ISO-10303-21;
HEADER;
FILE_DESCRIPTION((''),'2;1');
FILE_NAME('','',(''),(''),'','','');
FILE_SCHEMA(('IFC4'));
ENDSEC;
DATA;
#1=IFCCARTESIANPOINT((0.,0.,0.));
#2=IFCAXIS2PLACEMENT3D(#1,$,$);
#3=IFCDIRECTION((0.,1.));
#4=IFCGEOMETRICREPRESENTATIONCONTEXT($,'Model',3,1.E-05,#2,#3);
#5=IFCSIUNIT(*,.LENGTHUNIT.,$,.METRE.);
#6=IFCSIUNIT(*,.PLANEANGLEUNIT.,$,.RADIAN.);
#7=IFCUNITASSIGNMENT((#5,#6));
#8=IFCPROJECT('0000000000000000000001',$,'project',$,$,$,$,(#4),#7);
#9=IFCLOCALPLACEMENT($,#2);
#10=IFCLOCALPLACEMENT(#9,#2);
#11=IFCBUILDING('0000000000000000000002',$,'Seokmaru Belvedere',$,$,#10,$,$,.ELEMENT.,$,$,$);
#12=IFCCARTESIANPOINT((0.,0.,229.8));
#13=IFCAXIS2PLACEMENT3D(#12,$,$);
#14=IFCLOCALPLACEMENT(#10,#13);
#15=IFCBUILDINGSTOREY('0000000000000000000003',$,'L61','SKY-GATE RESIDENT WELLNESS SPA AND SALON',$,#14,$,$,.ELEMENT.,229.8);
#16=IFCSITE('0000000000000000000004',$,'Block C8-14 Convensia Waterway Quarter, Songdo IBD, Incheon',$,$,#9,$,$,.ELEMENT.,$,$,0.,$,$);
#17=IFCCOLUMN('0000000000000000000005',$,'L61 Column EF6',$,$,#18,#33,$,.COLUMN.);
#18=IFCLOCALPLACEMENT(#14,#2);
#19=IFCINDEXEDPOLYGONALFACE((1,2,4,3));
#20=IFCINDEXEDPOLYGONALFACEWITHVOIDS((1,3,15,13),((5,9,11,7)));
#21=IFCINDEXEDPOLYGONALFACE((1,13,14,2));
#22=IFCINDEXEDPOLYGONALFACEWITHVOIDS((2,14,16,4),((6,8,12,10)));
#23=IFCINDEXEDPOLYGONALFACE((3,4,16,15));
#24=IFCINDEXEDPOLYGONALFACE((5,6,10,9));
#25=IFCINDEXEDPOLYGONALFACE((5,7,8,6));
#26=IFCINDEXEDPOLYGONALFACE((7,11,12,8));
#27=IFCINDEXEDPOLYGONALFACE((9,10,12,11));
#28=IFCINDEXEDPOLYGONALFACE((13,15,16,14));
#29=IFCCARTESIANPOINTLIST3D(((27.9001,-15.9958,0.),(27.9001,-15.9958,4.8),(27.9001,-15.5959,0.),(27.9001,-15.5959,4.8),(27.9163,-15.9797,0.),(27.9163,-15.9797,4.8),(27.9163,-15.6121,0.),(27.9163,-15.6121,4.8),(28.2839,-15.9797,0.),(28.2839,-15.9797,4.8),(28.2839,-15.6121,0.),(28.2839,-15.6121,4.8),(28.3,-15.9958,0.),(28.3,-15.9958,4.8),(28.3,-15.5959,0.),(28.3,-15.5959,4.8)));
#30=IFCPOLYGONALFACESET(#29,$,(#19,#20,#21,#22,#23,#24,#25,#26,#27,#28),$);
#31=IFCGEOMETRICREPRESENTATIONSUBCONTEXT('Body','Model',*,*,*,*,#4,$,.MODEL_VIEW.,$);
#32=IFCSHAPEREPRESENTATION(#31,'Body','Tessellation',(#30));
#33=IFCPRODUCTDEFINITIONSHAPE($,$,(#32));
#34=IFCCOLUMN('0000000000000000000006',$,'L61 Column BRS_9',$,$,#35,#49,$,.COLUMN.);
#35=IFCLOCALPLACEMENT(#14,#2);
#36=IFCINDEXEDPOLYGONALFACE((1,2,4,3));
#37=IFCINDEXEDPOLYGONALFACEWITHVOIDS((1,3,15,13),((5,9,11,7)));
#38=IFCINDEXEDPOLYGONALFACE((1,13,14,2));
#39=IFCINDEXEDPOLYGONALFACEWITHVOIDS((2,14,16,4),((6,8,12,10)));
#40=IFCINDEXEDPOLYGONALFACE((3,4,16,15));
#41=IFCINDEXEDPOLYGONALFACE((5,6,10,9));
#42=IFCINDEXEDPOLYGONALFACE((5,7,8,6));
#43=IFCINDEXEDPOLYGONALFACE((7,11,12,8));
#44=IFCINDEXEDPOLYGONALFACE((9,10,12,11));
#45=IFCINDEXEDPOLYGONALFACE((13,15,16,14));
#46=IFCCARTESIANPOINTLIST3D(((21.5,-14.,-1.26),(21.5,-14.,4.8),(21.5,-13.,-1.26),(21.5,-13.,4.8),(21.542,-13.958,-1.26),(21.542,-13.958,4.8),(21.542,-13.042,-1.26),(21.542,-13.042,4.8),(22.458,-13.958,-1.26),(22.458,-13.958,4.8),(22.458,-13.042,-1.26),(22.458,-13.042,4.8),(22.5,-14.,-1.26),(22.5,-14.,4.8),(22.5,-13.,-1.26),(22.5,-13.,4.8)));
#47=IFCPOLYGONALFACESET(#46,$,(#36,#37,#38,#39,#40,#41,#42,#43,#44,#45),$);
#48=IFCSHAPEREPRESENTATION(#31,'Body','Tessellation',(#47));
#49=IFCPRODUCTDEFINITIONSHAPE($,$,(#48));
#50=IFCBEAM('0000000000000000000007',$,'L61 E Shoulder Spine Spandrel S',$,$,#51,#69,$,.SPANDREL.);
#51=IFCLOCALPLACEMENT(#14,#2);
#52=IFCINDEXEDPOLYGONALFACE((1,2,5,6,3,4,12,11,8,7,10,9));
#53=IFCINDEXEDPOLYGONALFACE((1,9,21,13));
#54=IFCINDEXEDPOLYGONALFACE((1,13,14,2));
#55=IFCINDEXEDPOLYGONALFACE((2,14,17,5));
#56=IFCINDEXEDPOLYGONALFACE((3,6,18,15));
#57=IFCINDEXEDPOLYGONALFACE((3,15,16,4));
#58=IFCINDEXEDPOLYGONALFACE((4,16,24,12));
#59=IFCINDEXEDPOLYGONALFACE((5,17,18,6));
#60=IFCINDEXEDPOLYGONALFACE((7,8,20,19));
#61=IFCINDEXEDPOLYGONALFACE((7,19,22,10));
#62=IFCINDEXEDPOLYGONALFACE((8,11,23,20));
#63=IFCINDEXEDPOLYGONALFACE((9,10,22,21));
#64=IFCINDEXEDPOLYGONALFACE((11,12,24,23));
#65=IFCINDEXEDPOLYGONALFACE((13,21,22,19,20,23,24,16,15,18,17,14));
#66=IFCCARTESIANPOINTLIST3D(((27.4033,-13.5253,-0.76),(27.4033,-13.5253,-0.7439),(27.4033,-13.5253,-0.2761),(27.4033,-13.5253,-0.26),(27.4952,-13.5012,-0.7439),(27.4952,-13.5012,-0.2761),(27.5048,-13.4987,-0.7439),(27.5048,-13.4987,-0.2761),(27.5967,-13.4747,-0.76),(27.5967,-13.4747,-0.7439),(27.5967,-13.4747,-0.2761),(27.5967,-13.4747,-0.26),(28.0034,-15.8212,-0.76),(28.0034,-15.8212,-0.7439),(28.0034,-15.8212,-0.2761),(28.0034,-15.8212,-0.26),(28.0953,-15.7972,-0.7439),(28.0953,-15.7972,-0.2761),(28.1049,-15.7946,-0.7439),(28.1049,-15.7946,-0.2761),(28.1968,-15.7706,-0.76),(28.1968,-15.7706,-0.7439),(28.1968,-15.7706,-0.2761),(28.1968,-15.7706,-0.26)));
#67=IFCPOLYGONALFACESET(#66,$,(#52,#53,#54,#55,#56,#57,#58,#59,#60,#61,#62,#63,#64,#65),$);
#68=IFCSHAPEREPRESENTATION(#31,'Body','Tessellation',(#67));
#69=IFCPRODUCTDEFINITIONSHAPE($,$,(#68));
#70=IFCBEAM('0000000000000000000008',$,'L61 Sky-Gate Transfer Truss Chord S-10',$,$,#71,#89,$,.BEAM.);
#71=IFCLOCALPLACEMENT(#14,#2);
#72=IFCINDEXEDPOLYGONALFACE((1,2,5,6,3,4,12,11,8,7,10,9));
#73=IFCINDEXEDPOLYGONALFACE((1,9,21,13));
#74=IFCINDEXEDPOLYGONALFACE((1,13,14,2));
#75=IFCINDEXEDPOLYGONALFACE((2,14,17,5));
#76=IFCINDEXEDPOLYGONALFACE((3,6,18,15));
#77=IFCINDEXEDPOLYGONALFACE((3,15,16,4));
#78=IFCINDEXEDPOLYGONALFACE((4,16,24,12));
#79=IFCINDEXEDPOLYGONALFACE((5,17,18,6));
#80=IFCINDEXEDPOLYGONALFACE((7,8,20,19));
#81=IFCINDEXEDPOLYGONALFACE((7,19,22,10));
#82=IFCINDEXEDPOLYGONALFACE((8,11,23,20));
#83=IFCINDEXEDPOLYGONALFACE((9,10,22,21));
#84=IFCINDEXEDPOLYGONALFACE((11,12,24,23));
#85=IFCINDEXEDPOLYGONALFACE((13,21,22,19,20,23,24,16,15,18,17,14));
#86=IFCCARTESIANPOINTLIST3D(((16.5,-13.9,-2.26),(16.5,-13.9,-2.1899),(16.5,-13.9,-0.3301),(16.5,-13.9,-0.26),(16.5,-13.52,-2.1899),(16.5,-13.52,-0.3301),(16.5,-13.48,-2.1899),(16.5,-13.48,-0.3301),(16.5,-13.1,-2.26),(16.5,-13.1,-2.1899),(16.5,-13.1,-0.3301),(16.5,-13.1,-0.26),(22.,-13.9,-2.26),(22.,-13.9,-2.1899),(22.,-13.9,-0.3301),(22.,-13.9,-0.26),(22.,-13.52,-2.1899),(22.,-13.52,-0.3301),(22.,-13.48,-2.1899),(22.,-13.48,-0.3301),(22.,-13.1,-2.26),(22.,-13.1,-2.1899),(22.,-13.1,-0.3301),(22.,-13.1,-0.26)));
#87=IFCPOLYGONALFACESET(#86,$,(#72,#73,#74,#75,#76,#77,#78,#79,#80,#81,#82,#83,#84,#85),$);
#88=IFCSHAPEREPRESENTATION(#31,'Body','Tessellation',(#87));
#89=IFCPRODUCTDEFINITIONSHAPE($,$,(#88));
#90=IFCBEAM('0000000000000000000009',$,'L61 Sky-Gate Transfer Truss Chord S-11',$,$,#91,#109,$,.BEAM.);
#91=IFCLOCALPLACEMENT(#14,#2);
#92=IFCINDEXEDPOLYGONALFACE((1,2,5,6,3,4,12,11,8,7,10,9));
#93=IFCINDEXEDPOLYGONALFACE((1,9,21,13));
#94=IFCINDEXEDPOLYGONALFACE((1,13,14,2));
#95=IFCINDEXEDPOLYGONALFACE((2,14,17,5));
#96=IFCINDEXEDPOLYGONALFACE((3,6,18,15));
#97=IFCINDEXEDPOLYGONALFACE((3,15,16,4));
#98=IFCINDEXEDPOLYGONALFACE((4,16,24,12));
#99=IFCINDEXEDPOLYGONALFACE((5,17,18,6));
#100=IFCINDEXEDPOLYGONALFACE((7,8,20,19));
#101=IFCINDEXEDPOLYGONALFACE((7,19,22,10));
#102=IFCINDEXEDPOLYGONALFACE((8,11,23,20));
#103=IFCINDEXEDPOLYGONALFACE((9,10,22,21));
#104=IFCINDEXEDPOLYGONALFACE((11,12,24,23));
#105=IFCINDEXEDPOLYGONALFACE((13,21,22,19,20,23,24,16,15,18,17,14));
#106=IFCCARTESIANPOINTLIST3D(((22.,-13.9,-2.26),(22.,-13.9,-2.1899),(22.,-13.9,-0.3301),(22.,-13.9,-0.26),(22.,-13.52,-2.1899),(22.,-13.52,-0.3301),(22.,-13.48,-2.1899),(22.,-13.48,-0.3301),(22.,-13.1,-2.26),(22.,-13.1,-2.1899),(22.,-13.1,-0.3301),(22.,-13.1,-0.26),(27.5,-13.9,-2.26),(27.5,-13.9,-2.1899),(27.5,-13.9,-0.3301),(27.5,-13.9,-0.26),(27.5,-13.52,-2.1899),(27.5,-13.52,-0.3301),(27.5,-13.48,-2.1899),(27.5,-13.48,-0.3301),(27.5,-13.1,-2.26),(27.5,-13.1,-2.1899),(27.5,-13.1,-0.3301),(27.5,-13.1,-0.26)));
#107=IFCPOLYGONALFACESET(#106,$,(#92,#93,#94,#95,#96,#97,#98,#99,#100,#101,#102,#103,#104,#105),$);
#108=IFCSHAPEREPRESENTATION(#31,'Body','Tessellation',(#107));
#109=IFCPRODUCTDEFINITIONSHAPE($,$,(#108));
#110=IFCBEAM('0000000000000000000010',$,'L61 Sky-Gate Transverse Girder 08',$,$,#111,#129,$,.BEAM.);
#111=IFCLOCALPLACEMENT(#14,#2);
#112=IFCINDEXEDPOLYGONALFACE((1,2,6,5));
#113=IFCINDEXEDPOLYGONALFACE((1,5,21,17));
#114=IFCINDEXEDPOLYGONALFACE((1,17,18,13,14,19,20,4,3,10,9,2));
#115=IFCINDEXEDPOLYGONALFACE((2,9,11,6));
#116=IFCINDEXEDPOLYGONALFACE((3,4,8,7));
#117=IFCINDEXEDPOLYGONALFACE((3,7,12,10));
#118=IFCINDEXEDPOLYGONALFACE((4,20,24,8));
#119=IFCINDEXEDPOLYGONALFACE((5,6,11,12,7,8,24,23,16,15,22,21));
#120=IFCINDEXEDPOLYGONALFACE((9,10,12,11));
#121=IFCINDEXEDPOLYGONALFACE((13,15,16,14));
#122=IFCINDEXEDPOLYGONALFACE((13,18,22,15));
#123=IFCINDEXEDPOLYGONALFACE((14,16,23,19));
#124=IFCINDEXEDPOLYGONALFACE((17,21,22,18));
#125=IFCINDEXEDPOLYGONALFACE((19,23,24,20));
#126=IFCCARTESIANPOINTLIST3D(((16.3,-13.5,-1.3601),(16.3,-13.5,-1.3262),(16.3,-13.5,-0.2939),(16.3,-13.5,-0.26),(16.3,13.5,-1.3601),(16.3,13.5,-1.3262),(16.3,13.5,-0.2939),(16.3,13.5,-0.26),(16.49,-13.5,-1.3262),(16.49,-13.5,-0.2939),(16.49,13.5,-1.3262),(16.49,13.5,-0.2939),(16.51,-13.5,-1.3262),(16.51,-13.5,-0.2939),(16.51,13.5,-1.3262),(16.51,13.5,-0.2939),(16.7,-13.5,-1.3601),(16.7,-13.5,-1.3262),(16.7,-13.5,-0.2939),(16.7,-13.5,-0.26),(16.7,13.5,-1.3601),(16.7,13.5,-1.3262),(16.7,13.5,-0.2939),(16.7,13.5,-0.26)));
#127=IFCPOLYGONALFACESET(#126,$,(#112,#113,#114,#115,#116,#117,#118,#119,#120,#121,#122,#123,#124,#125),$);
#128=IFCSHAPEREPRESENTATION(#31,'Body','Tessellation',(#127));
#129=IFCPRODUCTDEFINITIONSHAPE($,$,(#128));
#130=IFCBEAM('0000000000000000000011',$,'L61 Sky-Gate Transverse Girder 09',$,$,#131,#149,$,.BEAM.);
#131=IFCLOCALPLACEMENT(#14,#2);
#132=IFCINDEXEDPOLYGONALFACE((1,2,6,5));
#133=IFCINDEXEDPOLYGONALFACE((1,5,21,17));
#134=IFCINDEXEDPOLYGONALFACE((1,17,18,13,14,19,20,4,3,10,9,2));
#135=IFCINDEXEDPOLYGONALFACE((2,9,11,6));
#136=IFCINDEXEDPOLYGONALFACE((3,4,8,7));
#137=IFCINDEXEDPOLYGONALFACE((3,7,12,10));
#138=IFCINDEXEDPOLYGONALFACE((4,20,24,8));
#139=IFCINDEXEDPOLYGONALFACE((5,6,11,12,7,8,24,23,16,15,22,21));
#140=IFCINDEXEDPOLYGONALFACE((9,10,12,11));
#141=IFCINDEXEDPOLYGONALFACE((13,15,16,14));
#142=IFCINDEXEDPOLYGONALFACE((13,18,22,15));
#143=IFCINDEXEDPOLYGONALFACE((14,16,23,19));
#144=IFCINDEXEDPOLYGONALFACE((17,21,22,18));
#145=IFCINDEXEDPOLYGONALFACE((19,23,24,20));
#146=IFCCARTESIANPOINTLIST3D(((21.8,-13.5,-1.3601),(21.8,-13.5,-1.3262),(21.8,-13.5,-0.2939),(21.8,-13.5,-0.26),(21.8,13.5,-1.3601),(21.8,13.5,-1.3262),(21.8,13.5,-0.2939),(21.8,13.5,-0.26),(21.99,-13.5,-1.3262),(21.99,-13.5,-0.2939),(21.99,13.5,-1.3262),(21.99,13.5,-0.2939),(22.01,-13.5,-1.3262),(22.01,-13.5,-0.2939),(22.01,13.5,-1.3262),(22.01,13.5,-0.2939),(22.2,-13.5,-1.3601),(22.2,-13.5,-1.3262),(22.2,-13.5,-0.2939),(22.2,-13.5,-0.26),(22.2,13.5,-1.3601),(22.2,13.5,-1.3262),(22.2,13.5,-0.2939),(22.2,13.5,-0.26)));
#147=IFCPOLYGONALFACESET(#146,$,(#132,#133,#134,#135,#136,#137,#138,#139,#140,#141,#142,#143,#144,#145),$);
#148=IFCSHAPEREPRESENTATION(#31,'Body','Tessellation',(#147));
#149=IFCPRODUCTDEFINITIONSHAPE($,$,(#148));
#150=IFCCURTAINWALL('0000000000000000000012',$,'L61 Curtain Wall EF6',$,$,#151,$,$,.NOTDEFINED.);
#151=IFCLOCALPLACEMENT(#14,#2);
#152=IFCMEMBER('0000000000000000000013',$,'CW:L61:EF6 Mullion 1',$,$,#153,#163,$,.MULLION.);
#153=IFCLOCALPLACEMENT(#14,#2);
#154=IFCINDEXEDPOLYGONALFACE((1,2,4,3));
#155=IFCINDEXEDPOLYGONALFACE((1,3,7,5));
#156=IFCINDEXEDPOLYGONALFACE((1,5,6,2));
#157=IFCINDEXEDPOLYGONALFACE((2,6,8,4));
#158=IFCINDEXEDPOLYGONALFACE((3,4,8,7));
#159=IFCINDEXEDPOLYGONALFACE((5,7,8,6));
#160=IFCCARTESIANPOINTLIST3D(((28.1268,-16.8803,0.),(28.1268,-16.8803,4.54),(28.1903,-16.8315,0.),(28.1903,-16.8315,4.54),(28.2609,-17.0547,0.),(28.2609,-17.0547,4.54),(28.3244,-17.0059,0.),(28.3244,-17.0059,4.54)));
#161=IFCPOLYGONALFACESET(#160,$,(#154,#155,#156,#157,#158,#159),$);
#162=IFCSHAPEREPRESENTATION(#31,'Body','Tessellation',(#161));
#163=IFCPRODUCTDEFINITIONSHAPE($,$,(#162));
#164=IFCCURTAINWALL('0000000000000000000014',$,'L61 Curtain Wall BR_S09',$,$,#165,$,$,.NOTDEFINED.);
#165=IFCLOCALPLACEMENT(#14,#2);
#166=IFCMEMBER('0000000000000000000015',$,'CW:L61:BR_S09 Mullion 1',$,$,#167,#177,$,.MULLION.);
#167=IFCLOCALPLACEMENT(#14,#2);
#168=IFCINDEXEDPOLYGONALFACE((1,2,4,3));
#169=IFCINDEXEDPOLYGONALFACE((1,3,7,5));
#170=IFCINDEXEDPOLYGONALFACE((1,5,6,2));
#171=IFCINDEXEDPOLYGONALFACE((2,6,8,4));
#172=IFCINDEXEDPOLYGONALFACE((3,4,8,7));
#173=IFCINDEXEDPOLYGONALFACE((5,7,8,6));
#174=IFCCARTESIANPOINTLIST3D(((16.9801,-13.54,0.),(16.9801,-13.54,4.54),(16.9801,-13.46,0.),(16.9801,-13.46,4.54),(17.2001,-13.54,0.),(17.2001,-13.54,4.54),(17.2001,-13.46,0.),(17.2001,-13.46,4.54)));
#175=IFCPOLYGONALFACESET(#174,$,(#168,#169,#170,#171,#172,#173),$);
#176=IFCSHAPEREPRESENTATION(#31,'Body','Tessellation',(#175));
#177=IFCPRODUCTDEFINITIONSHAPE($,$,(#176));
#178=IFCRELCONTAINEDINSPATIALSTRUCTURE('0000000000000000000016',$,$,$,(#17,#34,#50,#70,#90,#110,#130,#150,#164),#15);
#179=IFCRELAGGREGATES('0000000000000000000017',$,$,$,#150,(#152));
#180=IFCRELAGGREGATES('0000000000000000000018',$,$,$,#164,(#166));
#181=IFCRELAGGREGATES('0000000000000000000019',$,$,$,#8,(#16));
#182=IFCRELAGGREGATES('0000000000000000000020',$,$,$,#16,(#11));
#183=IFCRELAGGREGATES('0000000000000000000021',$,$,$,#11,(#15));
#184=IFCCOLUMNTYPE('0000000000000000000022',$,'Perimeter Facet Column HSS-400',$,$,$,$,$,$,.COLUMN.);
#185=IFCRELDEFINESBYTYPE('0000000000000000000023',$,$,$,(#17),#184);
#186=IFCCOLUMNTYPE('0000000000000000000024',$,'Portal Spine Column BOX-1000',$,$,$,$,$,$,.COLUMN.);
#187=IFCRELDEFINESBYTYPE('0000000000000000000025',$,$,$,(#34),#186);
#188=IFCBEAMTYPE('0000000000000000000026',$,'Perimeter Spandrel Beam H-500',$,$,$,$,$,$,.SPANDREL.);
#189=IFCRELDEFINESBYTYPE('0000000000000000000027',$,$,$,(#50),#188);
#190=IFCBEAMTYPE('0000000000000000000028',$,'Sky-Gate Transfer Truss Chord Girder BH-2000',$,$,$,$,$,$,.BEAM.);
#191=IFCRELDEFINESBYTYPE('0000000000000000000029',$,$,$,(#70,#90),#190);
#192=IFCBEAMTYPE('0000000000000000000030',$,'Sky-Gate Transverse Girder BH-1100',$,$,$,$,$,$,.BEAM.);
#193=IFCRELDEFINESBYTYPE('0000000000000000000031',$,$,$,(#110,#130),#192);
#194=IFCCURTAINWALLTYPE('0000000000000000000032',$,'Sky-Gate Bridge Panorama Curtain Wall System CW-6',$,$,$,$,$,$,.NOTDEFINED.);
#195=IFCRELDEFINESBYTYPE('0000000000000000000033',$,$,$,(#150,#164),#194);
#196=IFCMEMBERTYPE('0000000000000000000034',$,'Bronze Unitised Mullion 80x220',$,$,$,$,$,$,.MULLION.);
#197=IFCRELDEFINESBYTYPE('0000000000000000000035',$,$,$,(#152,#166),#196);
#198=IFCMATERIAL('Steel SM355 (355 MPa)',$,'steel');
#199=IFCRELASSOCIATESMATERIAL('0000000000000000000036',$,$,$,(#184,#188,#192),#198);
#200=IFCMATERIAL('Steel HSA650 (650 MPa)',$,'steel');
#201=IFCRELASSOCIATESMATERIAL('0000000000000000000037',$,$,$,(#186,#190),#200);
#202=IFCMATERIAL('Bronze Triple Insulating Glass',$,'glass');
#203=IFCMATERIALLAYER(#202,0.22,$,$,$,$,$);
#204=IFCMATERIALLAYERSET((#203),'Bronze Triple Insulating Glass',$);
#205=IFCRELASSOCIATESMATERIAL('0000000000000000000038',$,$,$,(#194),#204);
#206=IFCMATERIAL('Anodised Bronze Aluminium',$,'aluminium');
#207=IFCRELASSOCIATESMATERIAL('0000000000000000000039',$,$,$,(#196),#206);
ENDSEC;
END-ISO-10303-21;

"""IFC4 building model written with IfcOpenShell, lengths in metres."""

from ifc_helpers import new_model, si_unit, direction, frame, origin, origin_2d, place, context, subcontext, project, spatial, rectangle, hollow_rectangle, i_section, extrude, source, transform, mapped, material, layer, layer_set, material_profile, profile_set, type_object, type_shapes, element, aggregate, save


model = new_model("IFC4")

# Units and contexts
model_context = context("Model", 3, precision=1e-05, world=origin(), true_north=direction((0.0, 1.0)))
body_context = subcontext(model_context, "Body", "Model", "MODEL_VIEW")
ifc_project = project(units=[si_unit("LENGTHUNIT", "METRE"), si_unit("PLANEANGLEUNIT", "RADIAN")], contexts=[model_context])

# Site, building, storey
site_placement = place(None, origin())
site = spatial("IfcSite", under=ifc_project, at=site_placement, Name="Block C8-14 Convensia Waterway Quarter, Songdo IBD, Incheon", CompositionType="ELEMENT", RefElevation=0.0)
building_placement = place(site_placement, origin())
building = spatial("IfcBuilding", under=site, at=building_placement, Name="Seokmaru Belvedere", CompositionType="ELEMENT")
storey_placement = place(building_placement, frame((0.0, 0.0, 229.8)))
storey = spatial("IfcBuildingStorey", under=building, at=storey_placement, Name="L61", Description="SKY-GATE RESIDENT WELLNESS SPA AND SALON", CompositionType="ELEMENT", Elevation=229.8)

# Columns
ifc_material_1 = material(Name="Steel SM355 (355 MPa)", Category="steel")
ifc_material_profile_1 = material_profile(ifc_material_1, hollow_rectangle(XDim=0.3999, YDim=0.3999, WallThickness=0.0161, at=origin_2d()), Name="HSS-400x400x16")
ifc_profile_set_1 = profile_set([ifc_material_profile_1], Name="Steel SM355 (355 MPa)")
column_type_1 = type_object("IfcColumnType", Name="Perimeter Facet Column HSS-400", PredefinedType="COLUMN", material=ifc_profile_set_1)
shared_shape_1 = source(origin(), body_context, "Body", "SweptSolid", [
    extrude(hollow_rectangle(XDim=0.3999, YDim=0.3999, WallThickness=0.0161, at=origin_2d()), origin(), (0.0, 0.0, 1.0), 4.8),
])
type_shapes(column_type_1, [shared_shape_1])
column_1_placement = place(storey_placement, frame((28.1001, -15.7959, 0.0), z_axis=(0.0, 0.0, 1.0), x_axis=(1.0, 0.0, 0.0)))
element("IfcColumn", 1, at=column_1_placement, inside=storey, type_object=column_type_1, Name="L61 Column EF6", PredefinedType="COLUMN", context=body_context, shape_type="MappedRepresentation", body=[
    mapped(shared_shape_1, transform((0.0, 0.0, 0.0), scale=1.0)),
])
ifc_material_2 = material(Name="Steel HSA650 (650 MPa)", Category="steel")
ifc_material_profile_2 = material_profile(ifc_material_2, hollow_rectangle(XDim=1.0, YDim=1.0, WallThickness=0.042, at=origin_2d()), Name="BOX-1000x1000x42")
ifc_profile_set_2 = profile_set([ifc_material_profile_2], Name="Steel HSA650 (650 MPa)")
column_type_2 = type_object("IfcColumnType", Name="Portal Spine Column BOX-1000", PredefinedType="COLUMN", material=ifc_profile_set_2)
shared_shape_2 = source(origin(), body_context, "Body", "SweptSolid", [
    extrude(hollow_rectangle(XDim=1.0, YDim=1.0, WallThickness=0.042, at=origin_2d()), origin(), (0.0, 0.0, 1.0), 6.0601),
])
type_shapes(column_type_2, [shared_shape_2])
column_2_placement = place(storey_placement, frame((22.0, -13.5, -1.26), z_axis=(0.0, 0.0, 1.0), x_axis=(1.0, 0.0, 0.0)))
element("IfcColumn", 2, at=column_2_placement, inside=storey, type_object=column_type_2, Name="L61 Column BRS_9", PredefinedType="COLUMN", context=body_context, shape_type="MappedRepresentation", body=[
    mapped(shared_shape_2, transform((0.0, 0.0, 0.0), scale=1.0)),
])

# Beams
ifc_material_profile_3 = material_profile(ifc_material_1, i_section(OverallWidth=0.2, OverallDepth=0.5, WebThickness=0.01, FlangeThickness=0.0161, at=origin_2d()), Name="H-500x200x10x16")
ifc_profile_set_3 = profile_set([ifc_material_profile_3], Name="Steel SM355 (355 MPa)")
beam_type_1 = type_object("IfcBeamType", Name="Perimeter Spandrel Beam H-500", PredefinedType="SPANDREL", material=ifc_profile_set_3)
shared_shape_3 = source(origin(), body_context, "Body", "SweptSolid", [
    extrude(i_section(OverallWidth=0.2, OverallDepth=0.5, WebThickness=0.01, FlangeThickness=0.0161, at=origin_2d()), origin(), (0.0, 0.0, 1.0), 2.373),
])
type_shapes(beam_type_1, [shared_shape_3])
beam_placement = place(storey_placement, frame((28.1001, -15.7959, -0.51), z_axis=(-0.252883, 0.967497, 0.0), x_axis=(-0.967497, -0.252883, 0.0)))
element("IfcBeam", 3, at=beam_placement, inside=storey, type_object=beam_type_1, Name="L61 E Shoulder Spine Spandrel S", PredefinedType="SPANDREL", context=body_context, shape_type="MappedRepresentation", body=[
    mapped(shared_shape_3, transform((0.0, 0.0, 0.0), scale=1.0)),
])
ifc_material_profile_4 = material_profile(ifc_material_2, i_section(OverallWidth=0.8, OverallDepth=2.0, WebThickness=0.04, FlangeThickness=0.0701, at=origin_2d()), Name="BH-2000x800x40x70")
ifc_profile_set_4 = profile_set([ifc_material_profile_4], Name="Steel HSA650 (650 MPa)")
beam_type_2 = type_object("IfcBeamType", Name="Sky-Gate Transfer Truss Chord Girder BH-2000", PredefinedType="BEAM", material=ifc_profile_set_4)
shared_shape_4 = source(origin(), body_context, "Body", "SweptSolid", [
    extrude(i_section(OverallWidth=0.8, OverallDepth=2.0, WebThickness=0.04, FlangeThickness=0.0701, at=origin_2d()), origin(), (0.0, 0.0, 1.0), 5.5),
])
type_shapes(beam_type_2, [shared_shape_4])
for number, where, z_axis, x_axis, name in (
    (4, (16.5, -13.5, -1.26), (1.0, 0.0, 0.0), (0.0, 1.0, 0.0), "L61 Sky-Gate Transfer Truss Chord S-10"),
    (5, (22.0, -13.5, -1.26), (1.0, 0.0, 0.0), (0.0, 1.0, 0.0), "L61 Sky-Gate Transfer Truss Chord S-11"),
):
    element("IfcBeam", number, at=place(storey_placement, frame(where, z_axis=z_axis, x_axis=x_axis)), inside=storey, type_object=beam_type_2, Name=name, PredefinedType="BEAM", context=body_context, shape_type="MappedRepresentation", body=[
        mapped(shared_shape_4, transform((0.0, 0.0, 0.0), scale=1.0)),
    ])
ifc_material_profile_5 = material_profile(ifc_material_1, i_section(OverallWidth=0.3999, OverallDepth=1.1001, WebThickness=0.02, FlangeThickness=0.0339, at=origin_2d()), Name="BH-1100x400x20x34")
ifc_profile_set_5 = profile_set([ifc_material_profile_5], Name="Steel SM355 (355 MPa)")
beam_type_3 = type_object("IfcBeamType", Name="Sky-Gate Transverse Girder BH-1100", PredefinedType="BEAM", material=ifc_profile_set_5)
shared_shape_5 = source(origin(), body_context, "Body", "SweptSolid", [
    extrude(i_section(OverallWidth=0.3999, OverallDepth=1.1001, WebThickness=0.02, FlangeThickness=0.0339, at=origin_2d()), origin(), (0.0, 0.0, 1.0), 27.0),
])
type_shapes(beam_type_3, [shared_shape_5])
for number, where, z_axis, x_axis, name in (
    (6, (16.5, -13.5, -0.8101), (0.0, 1.0, 0.0), (-1.0, 0.0, 0.0), "L61 Sky-Gate Transverse Girder 08"),
    (7, (22.0, -13.5, -0.8101), (0.0, 1.0, 0.0), (-1.0, 0.0, 0.0), "L61 Sky-Gate Transverse Girder 09"),
):
    element("IfcBeam", number, at=place(storey_placement, frame(where, z_axis=z_axis, x_axis=x_axis)), inside=storey, type_object=beam_type_3, Name=name, PredefinedType="BEAM", context=body_context, shape_type="MappedRepresentation", body=[
        mapped(shared_shape_5, transform((0.0, 0.0, 0.0), scale=1.0)),
    ])

# Curtain wall, member
ifc_material_3 = material(Name="Bronze Triple Insulating Glass", Category="glass")
ifc_layer_1 = layer(ifc_material_3, 0.22)
ifc_layer_set_1 = layer_set([ifc_layer_1], Name="Bronze Triple Insulating Glass")
curtain_wall_type = type_object("IfcCurtainWallType", Name="Sky-Gate Bridge Panorama Curtain Wall System CW-6", PredefinedType="NOTDEFINED", material=ifc_layer_set_1)
curtain_wall_1_placement = place(storey_placement, origin())
curtain_wall_1 = element("IfcCurtainWall", 8, at=curtain_wall_1_placement, inside=storey, type_object=curtain_wall_type, Name="L61 Curtain Wall EF6", PredefinedType="NOTDEFINED")
ifc_material_4 = material(Name="Anodised Bronze Aluminium", Category="aluminium")
ifc_material_profile_6 = material_profile(ifc_material_4, rectangle(XDim=0.0801, YDim=0.22, at=origin_2d()), Name="CW-M-80x220")
ifc_profile_set_6 = profile_set([ifc_material_profile_6], Name="Anodised Bronze Aluminium")
member_type_1 = type_object("IfcMemberType", Name="Bronze Unitised Mullion 80x220", PredefinedType="MULLION", material=ifc_profile_set_6)
shared_shape_6 = source(origin(), body_context, "Body", "SweptSolid", [
    extrude(rectangle(XDim=0.0801, YDim=0.22, at=origin_2d()), origin(), (0.0, 0.0, 1.0), 4.54),
])
type_shapes(member_type_1, [shared_shape_6])
member_1_placement = place(storey_placement, frame((28.2256, -16.9431, 0.0), z_axis=(0.0, 0.0, 1.0), x_axis=(0.792631, 0.609701, 0.0)))
member_1 = element("IfcMember", 9, at=member_1_placement, type_object=member_type_1, Name="CW:L61:EF6 Mullion 1", PredefinedType="MULLION", context=body_context, shape_type="MappedRepresentation", body=[
    mapped(shared_shape_6, transform((0.0, 0.0, 0.0), scale=1.0)),
])

# Curtain wall, member
curtain_wall_2_placement = place(storey_placement, origin())
curtain_wall_2 = element("IfcCurtainWall", 10, at=curtain_wall_2_placement, inside=storey, type_object=curtain_wall_type, Name="L61 Curtain Wall BR_S09", PredefinedType="NOTDEFINED")
member_2_placement = place(storey_placement, frame((17.0901, -13.5, 0.0), z_axis=(0.0, 0.0, 1.0), x_axis=(0.0, 1.0, 0.0)))
member_2 = element("IfcMember", 11, at=member_2_placement, type_object=member_type_1, Name="CW:L61:BR_S09 Mullion 1", PredefinedType="MULLION", context=body_context, shape_type="MappedRepresentation", body=[
    mapped(shared_shape_6, transform((0.0, 0.0, 0.0), scale=1.0)),
])

aggregate(curtain_wall_1, [member_1])

aggregate(curtain_wall_2, [member_2])

save(model, "model.ifc")
